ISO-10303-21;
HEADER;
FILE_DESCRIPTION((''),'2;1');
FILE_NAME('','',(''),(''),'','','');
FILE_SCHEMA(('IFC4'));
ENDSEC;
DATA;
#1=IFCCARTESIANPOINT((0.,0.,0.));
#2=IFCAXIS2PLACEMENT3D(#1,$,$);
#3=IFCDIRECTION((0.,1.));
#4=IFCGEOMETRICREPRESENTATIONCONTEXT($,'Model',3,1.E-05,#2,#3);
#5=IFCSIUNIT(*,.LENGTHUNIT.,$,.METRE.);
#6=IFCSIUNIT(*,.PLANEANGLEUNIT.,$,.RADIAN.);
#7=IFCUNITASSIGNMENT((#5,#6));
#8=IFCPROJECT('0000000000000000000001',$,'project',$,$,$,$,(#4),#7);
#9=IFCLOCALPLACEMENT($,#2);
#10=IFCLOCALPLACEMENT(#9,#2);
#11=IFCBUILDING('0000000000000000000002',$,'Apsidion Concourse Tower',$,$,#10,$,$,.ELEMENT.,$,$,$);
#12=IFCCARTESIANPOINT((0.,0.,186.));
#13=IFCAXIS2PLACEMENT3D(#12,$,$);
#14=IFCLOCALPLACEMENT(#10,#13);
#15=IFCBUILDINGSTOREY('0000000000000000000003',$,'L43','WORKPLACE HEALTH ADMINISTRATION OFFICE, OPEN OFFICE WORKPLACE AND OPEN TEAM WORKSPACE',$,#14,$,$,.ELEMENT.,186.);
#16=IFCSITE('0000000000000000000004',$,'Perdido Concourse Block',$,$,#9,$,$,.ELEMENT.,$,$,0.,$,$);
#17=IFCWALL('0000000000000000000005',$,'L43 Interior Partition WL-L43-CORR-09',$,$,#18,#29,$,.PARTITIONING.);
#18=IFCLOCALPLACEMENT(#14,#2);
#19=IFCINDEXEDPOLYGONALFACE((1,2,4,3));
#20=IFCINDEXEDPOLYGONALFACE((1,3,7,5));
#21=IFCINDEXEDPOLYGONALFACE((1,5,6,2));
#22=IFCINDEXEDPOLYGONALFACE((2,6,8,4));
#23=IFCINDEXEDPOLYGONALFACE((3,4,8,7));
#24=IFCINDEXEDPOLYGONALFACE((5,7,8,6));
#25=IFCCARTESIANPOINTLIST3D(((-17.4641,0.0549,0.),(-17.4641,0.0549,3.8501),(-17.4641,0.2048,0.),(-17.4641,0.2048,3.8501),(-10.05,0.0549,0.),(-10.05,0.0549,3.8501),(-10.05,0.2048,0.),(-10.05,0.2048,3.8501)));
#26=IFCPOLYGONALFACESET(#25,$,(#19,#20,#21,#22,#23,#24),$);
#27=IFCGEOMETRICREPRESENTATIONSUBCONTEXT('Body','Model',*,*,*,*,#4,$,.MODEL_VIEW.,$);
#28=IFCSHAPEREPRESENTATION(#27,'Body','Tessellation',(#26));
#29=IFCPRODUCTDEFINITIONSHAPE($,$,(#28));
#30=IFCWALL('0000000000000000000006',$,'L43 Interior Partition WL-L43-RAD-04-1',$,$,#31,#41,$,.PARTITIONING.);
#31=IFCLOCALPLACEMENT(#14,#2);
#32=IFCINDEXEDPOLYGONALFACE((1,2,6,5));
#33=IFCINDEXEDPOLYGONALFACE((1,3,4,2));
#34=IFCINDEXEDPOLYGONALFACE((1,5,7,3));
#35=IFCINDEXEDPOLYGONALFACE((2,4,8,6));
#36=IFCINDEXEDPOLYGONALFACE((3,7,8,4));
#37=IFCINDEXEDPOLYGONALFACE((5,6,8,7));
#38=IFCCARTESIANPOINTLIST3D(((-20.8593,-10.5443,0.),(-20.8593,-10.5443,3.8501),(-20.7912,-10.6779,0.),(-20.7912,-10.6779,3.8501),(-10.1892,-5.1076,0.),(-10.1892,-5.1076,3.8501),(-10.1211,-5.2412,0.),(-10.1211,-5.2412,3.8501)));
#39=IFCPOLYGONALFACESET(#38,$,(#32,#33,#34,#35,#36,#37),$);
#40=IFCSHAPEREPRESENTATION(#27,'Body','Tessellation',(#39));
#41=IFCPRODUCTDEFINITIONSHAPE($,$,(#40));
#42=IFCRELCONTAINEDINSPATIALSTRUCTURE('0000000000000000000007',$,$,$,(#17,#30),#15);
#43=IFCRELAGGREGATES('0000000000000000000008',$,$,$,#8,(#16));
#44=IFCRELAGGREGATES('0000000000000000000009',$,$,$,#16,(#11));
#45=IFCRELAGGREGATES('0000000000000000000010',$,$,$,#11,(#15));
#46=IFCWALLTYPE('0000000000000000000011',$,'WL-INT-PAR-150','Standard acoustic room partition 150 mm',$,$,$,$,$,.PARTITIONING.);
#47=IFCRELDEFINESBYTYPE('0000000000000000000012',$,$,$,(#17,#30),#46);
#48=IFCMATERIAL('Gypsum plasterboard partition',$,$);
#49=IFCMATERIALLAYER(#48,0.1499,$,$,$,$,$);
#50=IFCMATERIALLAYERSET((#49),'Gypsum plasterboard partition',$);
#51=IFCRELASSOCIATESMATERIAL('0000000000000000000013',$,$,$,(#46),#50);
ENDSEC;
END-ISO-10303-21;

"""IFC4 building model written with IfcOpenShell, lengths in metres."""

from ifc_helpers import new_model, si_unit, direction, frame, frame_2d, origin, place, context, subcontext, project, spatial, rectangle, extrude, material, layer, layer_set, type_object, element, save


model = new_model("IFC4")

# Units and contexts
model_context = context("Model", 3, precision=1e-05, world=origin(), true_north=direction((0.0, 1.0)))
body_context = subcontext(model_context, "Body", "Model", "MODEL_VIEW")
ifc_project = project(units=[si_unit("LENGTHUNIT", "METRE"), si_unit("PLANEANGLEUNIT", "RADIAN")], contexts=[model_context])

# Site, building, storey
site_placement = place(None, origin())
site = spatial("IfcSite", under=ifc_project, at=site_placement, Name="Perdido Concourse Block", CompositionType="ELEMENT", RefElevation=0.0)
building_placement = place(site_placement, origin())
building = spatial("IfcBuilding", under=site, at=building_placement, Name="Apsidion Concourse Tower", CompositionType="ELEMENT")
storey_placement = place(building_placement, frame((0.0, 0.0, 186.0)))
storey = spatial("IfcBuildingStorey", under=building, at=storey_placement, Name="L43", Description="WORKPLACE HEALTH ADMINISTRATION OFFICE, OPEN OFFICE WORKPLACE AND OPEN TEAM WORKSPACE", CompositionType="ELEMENT", Elevation=186.0)

# Walls
ifc_material_1 = material(Name="Gypsum plasterboard partition")
ifc_layer = layer(ifc_material_1, 0.1499)
ifc_layer_set = layer_set([ifc_layer], Name="Gypsum plasterboard partition")
wall_type = type_object("IfcWallType", Name="WL-INT-PAR-150", Description="Standard acoustic room partition 150 mm", PredefinedType="PARTITIONING", material=ifc_layer_set)
wall_1_placement = place(storey_placement, frame((-17.4641, 0.1299, 0.0), z_axis=(0.0, 0.0, 1.0), x_axis=(1.0, 0.0, 0.0)))
element("IfcWall", 1, at=wall_1_placement, inside=storey, type_object=wall_type, Name="L43 Interior Partition WL-L43-CORR-09", PredefinedType="PARTITIONING", context=body_context, shape_type="SweptSolid", body=[
    extrude(rectangle(XDim=7.4141, YDim=0.1499, at=frame_2d((3.707, 0.0))), origin(), (0.0, 0.0, 1.0), 3.8501),
])
wall_2_placement = place(storey_placement, frame((-10.155, -5.1743, 0.0), z_axis=(0.0, 0.0, 1.0), x_axis=(-0.891005, -0.453994, 0.0)))
element("IfcWall", 2, at=wall_2_placement, inside=storey, type_object=wall_type, Name="L43 Interior Partition WL-L43-RAD-04-1", PredefinedType="PARTITIONING", context=body_context, shape_type="SweptSolid", body=[
    extrude(rectangle(XDim=11.9753, YDim=0.1499, at=frame_2d((5.9878, 0.0))), origin(), (0.0, 0.0, 1.0), 3.8501),
])

save(model, "model.ifc")
